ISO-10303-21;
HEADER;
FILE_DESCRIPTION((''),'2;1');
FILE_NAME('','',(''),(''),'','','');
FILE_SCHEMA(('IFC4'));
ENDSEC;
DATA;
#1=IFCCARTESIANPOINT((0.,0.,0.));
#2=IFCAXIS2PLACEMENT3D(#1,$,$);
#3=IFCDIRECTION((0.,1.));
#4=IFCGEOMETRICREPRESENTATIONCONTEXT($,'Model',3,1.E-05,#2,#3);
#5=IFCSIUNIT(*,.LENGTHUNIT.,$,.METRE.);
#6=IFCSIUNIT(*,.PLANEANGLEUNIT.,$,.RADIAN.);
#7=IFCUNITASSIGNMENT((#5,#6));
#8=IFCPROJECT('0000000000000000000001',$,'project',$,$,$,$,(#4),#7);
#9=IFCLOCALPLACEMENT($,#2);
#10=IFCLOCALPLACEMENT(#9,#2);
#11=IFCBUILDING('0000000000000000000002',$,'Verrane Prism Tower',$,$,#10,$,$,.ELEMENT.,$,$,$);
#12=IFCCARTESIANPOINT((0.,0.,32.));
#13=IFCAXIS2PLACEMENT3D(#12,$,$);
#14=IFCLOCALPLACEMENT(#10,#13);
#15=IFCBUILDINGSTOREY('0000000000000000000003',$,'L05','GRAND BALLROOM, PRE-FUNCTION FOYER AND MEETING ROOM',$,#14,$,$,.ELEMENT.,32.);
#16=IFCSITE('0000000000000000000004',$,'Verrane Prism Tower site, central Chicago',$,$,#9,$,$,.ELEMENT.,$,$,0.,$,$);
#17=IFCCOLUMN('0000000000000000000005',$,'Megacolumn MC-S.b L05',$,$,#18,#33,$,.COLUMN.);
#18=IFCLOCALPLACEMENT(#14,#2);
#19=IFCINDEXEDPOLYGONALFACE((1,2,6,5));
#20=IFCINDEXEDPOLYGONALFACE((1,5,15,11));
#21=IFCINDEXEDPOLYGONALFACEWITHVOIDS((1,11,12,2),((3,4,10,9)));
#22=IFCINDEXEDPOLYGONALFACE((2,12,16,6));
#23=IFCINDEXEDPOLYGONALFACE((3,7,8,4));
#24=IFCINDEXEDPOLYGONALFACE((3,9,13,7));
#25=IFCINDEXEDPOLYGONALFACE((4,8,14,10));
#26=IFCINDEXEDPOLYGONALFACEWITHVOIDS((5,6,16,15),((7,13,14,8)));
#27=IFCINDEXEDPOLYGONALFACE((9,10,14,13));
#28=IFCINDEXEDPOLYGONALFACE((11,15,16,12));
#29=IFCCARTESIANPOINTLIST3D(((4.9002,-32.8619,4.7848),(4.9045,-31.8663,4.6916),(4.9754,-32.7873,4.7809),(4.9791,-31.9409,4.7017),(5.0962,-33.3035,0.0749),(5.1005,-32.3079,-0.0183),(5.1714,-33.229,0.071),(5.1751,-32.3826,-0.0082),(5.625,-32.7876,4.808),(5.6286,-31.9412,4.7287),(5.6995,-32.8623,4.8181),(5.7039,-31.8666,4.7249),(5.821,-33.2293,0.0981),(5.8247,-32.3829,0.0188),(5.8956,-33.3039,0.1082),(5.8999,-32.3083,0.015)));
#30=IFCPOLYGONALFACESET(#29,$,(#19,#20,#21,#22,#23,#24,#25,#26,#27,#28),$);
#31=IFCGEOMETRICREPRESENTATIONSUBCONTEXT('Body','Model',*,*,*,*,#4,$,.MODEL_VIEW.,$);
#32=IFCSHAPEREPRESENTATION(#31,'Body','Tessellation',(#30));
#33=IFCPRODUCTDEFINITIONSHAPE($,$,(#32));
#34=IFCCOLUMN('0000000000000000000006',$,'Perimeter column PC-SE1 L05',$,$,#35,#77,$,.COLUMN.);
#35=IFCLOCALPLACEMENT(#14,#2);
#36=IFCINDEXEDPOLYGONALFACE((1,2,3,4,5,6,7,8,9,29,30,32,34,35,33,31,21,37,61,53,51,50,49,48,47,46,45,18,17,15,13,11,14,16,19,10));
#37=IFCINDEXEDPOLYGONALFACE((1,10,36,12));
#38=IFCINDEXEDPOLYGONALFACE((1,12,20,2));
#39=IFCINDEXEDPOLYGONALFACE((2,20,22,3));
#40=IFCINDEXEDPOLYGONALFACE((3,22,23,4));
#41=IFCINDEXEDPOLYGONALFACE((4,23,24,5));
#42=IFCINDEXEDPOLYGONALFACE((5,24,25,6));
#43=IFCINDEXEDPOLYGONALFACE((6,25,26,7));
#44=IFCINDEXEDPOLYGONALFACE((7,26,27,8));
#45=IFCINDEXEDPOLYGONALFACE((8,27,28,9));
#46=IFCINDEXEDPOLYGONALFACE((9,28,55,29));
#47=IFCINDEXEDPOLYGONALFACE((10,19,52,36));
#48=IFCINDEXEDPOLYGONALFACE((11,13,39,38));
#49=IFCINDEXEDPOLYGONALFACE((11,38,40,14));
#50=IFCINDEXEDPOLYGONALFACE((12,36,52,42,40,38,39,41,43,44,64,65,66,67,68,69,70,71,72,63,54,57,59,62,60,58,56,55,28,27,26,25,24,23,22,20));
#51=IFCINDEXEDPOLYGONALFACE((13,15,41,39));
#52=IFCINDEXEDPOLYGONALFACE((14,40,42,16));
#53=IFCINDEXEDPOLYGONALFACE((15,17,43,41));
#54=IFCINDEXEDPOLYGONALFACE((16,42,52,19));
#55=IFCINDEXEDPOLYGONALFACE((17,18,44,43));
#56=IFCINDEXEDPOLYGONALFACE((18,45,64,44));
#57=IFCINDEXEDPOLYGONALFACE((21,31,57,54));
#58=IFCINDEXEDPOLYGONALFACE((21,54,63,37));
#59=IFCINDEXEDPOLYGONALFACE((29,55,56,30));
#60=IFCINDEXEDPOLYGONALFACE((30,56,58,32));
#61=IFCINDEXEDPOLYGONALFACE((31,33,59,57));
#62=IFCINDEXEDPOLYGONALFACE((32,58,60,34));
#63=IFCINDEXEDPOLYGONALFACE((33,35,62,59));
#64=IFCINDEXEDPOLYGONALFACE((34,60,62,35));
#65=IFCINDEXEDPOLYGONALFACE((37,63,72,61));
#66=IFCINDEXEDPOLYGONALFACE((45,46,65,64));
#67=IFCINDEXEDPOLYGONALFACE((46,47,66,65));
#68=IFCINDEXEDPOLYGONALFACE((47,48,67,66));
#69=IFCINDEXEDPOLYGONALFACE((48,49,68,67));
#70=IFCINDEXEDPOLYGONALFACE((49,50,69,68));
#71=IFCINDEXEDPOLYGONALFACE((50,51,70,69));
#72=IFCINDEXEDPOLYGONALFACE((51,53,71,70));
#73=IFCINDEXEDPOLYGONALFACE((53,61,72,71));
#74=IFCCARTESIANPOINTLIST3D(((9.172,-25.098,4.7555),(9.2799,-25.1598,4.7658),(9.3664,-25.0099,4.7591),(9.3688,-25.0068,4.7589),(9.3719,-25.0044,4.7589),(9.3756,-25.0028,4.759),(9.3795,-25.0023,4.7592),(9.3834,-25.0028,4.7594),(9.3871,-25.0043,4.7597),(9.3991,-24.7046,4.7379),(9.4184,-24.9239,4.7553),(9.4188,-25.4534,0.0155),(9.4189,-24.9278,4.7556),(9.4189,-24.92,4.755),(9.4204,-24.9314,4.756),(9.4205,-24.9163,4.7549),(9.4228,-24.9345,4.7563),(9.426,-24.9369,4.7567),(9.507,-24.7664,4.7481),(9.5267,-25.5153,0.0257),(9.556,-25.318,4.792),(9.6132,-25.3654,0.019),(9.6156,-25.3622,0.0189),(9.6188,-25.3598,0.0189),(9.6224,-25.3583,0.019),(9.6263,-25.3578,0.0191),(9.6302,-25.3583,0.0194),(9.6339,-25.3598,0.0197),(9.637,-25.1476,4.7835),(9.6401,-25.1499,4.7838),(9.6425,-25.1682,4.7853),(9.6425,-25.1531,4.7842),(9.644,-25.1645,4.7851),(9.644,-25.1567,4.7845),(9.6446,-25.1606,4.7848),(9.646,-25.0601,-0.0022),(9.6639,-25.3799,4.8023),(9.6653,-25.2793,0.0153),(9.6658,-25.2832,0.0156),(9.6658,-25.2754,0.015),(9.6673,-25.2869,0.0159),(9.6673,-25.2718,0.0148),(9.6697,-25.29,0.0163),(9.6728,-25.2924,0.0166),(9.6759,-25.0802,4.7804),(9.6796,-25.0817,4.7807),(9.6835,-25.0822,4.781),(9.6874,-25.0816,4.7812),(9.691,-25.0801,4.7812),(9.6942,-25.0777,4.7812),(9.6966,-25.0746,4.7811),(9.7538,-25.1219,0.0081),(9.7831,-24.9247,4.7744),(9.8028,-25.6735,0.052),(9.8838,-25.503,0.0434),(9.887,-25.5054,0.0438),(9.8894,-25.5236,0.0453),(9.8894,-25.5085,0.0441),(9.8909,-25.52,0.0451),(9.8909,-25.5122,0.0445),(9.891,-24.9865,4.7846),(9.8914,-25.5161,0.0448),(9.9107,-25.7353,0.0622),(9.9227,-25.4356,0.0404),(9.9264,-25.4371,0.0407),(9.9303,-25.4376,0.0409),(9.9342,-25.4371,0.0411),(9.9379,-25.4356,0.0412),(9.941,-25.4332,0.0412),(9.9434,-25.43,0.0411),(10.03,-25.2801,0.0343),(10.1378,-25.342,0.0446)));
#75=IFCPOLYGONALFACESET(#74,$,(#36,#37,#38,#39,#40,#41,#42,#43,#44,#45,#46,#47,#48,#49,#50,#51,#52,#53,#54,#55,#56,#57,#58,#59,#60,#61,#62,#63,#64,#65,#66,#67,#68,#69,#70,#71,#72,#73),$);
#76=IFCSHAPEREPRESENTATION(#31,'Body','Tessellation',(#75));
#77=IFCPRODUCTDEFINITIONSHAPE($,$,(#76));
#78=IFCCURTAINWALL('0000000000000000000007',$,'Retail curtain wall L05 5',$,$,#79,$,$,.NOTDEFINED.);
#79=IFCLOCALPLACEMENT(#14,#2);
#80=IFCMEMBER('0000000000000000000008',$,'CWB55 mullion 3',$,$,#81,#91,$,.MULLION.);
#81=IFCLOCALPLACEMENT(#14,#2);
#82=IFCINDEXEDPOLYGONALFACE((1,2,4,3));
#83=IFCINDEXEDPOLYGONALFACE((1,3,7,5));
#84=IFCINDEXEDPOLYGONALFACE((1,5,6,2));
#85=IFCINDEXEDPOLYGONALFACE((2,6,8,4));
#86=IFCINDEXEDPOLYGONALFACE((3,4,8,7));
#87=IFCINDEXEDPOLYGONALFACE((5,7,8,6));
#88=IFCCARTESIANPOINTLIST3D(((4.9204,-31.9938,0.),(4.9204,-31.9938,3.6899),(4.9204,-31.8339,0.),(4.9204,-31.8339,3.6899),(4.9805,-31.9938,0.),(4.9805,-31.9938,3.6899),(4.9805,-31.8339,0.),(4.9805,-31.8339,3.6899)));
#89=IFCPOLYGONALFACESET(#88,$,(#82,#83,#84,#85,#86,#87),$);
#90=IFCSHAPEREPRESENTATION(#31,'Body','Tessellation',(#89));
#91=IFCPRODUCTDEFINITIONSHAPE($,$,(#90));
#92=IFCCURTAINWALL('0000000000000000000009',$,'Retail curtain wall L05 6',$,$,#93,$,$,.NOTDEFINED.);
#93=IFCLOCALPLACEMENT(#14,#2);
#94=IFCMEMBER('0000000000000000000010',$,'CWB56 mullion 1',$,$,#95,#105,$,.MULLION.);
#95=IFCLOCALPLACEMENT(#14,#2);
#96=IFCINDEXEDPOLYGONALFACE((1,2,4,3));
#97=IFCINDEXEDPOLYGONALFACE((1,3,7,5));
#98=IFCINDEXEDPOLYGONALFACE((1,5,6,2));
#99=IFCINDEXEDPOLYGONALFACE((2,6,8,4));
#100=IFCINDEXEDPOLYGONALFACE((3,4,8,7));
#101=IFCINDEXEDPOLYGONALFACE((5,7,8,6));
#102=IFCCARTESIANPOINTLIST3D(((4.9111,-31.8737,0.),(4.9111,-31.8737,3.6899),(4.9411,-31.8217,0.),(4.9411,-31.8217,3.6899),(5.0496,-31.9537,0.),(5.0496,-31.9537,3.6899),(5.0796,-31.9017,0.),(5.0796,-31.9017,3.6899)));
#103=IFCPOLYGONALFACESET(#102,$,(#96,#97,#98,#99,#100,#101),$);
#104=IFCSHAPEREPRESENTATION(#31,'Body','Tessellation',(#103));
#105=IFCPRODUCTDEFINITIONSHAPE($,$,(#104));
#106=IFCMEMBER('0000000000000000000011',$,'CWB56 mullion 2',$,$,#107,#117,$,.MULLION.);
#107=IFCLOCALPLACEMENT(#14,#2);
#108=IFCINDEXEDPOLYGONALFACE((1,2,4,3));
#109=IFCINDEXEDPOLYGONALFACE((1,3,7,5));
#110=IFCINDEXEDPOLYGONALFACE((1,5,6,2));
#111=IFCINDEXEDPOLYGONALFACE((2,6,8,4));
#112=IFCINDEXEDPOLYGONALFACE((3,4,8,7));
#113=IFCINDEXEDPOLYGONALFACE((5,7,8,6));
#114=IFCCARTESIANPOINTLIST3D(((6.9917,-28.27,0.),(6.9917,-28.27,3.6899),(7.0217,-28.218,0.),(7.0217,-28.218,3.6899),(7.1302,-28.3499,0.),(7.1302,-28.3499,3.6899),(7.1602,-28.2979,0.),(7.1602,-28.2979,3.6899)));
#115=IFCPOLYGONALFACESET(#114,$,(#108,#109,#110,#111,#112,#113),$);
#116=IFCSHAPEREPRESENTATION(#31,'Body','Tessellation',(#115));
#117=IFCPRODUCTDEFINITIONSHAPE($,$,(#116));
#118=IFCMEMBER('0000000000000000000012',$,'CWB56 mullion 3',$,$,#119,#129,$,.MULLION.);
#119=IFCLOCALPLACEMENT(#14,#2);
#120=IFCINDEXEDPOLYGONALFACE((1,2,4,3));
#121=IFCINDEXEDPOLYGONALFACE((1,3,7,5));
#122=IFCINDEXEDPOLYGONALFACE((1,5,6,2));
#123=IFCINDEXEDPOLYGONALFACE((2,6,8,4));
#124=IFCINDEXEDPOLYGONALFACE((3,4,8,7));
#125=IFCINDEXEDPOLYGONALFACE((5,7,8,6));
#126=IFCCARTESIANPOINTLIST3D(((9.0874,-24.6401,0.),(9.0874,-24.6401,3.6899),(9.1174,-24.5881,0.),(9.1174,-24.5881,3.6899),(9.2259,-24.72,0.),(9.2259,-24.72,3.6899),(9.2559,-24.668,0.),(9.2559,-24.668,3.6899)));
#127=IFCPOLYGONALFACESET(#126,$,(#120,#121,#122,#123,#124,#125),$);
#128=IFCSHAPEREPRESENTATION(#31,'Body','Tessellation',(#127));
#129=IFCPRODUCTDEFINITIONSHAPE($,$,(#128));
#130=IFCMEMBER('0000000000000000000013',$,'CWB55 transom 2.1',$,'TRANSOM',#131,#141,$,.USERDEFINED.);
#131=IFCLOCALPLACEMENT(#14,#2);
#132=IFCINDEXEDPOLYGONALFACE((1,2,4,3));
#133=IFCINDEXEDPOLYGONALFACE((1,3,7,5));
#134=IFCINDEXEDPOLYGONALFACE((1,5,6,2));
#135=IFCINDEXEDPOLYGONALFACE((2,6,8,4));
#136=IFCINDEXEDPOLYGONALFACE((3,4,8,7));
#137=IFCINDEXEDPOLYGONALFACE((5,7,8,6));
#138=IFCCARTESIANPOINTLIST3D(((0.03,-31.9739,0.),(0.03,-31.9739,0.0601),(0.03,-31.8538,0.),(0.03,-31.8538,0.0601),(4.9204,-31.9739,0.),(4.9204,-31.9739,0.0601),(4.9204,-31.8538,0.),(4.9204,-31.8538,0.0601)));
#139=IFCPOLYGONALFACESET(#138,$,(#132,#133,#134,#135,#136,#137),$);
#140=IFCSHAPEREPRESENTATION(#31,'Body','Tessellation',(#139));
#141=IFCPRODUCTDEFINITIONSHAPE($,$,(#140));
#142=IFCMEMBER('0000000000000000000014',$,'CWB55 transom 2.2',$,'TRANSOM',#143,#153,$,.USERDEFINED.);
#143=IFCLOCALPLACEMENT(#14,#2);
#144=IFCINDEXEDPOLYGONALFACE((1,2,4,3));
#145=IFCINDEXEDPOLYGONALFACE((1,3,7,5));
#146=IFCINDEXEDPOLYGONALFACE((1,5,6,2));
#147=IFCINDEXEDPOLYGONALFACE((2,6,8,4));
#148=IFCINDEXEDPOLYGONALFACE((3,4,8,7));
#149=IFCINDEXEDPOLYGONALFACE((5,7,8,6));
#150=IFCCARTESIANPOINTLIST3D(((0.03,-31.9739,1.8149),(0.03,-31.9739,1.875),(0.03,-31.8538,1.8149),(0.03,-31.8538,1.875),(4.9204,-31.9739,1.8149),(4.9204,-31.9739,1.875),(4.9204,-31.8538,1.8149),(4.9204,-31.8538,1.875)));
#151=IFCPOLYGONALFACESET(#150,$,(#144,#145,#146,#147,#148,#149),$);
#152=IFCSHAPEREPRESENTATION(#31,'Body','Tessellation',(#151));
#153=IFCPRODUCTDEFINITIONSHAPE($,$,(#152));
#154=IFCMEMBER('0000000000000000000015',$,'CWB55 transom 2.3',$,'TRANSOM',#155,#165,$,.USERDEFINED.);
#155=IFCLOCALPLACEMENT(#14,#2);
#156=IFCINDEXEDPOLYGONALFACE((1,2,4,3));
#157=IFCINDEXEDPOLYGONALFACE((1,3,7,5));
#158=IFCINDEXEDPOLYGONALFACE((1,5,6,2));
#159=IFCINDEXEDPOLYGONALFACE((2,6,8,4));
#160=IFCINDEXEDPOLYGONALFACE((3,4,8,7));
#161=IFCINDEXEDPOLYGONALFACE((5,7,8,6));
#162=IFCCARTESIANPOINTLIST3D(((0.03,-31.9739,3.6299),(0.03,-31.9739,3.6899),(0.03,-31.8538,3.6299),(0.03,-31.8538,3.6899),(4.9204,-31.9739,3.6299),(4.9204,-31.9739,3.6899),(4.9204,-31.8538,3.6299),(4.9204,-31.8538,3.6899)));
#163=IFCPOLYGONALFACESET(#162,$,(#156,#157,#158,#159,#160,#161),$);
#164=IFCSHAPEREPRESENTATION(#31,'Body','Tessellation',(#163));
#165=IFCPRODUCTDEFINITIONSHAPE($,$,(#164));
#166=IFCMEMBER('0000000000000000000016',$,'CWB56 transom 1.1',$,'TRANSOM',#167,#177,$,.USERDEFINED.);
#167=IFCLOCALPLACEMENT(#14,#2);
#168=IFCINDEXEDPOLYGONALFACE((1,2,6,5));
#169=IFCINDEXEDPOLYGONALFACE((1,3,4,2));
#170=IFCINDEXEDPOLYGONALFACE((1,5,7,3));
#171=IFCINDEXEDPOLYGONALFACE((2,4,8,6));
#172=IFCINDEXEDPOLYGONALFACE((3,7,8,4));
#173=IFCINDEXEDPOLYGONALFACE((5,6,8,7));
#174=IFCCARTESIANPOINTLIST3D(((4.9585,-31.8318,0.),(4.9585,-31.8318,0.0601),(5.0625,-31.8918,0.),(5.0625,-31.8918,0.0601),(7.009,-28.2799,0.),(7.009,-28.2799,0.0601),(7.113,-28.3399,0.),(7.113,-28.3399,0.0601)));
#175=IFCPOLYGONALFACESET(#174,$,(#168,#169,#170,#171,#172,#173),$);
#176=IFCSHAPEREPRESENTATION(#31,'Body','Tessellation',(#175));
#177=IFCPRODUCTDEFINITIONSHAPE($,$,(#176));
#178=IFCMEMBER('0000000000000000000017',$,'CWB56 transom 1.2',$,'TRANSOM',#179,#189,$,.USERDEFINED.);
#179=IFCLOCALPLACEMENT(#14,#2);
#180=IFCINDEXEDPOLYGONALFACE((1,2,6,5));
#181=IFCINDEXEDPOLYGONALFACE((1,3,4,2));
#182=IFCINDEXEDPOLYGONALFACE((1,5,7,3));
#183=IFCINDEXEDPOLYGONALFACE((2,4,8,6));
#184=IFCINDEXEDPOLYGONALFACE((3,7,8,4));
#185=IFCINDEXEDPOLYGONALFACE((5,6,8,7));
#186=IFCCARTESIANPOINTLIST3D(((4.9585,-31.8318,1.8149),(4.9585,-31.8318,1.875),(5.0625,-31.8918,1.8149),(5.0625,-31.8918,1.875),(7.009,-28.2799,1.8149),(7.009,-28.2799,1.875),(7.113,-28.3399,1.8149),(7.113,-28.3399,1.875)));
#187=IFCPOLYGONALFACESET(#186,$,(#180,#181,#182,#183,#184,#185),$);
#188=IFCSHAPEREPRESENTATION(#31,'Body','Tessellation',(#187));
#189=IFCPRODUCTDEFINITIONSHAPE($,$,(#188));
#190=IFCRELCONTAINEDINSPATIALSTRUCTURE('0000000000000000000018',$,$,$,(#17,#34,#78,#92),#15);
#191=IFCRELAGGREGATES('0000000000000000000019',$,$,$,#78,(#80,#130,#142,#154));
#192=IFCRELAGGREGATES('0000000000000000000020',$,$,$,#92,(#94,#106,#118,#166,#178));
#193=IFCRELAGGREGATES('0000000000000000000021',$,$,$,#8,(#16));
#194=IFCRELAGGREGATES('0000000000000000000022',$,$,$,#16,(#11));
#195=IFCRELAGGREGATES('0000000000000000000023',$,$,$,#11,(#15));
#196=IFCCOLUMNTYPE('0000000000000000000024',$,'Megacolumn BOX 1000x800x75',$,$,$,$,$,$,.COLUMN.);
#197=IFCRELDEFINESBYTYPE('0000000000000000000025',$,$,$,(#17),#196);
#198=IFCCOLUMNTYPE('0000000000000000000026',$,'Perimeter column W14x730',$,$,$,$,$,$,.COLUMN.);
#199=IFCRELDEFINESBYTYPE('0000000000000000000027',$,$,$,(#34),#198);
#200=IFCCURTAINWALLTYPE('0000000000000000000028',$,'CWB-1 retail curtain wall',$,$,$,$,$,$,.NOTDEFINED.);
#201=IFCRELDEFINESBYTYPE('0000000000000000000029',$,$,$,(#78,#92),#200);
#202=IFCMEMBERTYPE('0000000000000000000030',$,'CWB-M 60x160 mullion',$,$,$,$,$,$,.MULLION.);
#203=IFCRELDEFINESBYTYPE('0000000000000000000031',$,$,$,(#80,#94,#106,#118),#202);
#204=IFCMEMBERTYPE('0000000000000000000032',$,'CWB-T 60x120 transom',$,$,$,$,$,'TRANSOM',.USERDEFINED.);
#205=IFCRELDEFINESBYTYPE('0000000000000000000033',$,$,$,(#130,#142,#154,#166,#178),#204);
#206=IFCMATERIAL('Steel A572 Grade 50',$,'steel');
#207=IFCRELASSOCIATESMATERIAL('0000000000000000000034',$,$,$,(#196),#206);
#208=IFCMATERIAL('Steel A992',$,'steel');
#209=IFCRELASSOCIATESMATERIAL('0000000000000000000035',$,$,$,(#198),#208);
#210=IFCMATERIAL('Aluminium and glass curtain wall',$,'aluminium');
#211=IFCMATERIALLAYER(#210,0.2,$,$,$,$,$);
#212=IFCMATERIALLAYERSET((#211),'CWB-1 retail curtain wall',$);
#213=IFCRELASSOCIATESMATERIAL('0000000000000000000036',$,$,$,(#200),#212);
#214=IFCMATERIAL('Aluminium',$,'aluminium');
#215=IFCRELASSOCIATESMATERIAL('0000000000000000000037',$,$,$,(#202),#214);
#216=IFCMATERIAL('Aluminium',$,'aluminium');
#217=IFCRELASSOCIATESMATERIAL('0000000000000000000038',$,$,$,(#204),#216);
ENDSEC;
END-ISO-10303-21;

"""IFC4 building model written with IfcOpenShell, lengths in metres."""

from ifc_helpers import new_model, si_unit, direction, frame, origin, origin_2d, place, context, subcontext, project, spatial, rectangle, hollow_rectangle, i_section, extrude, material, layer, layer_set, material_profile, profile_set, type_object, element, aggregate, save


model = new_model("IFC4")

# Units and contexts
model_context = context("Model", 3, precision=1e-05, world=origin(), true_north=direction((0.0, 1.0)))
body_context = subcontext(model_context, "Body", "Model", "MODEL_VIEW")
ifc_project = project(units=[si_unit("LENGTHUNIT", "METRE"), si_unit("PLANEANGLEUNIT", "RADIAN")], contexts=[model_context])

# Site, building, storey
site_placement = place(None, origin())
site = spatial("IfcSite", under=ifc_project, at=site_placement, Name="Verrane Prism Tower site, central Chicago", CompositionType="ELEMENT", RefElevation=0.0)
building_placement = place(site_placement, origin())
building = spatial("IfcBuilding", under=site, at=building_placement, Name="Verrane Prism Tower", CompositionType="ELEMENT")
storey_placement = place(building_placement, frame((0.0, 0.0, 32.0)))
storey = spatial("IfcBuildingStorey", under=building, at=storey_placement, Name="L05", Description="GRAND BALLROOM, PRE-FUNCTION FOYER AND MEETING ROOM", CompositionType="ELEMENT", Elevation=32.0)

# Columns
ifc_material_1 = material(Name="Steel A572 Grade 50", Category="steel")
ifc_material_profile_1 = material_profile(ifc_material_1, hollow_rectangle(XDim=0.8, YDim=1.0, WallThickness=0.075, at=origin_2d()), Name="BOX 1000x800x75")
ifc_profile_set_1 = profile_set([ifc_material_profile_1], Name="Steel A572 Grade 50")
column_type_1 = type_object("IfcColumnType", Name="Megacolumn BOX 1000x800x75", PredefinedType="COLUMN", material=ifc_profile_set_1)
column_1_placement = place(storey_placement, frame((5.498, -32.8059, 0.0449), z_axis=(-0.041406, 0.09328, 0.994779), x_axis=(-0.999133, 0.000461, -0.041631)))
element("IfcColumn", 1, at=column_1_placement, inside=storey, type_object=column_type_1, Name="Megacolumn MC-S.b L05", PredefinedType="COLUMN", context=body_context, shape_type="SweptSolid", body=[
    extrude(hollow_rectangle(XDim=0.8, YDim=1.0, WallThickness=0.075, at=origin_2d()), origin(), (0.0, 0.0, 1.0), 4.7346),
])
ifc_material_2 = material(Name="Steel A992", Category="steel")
ifc_material_profile_2 = material_profile(ifc_material_2, i_section(OverallWidth=0.4546, OverallDepth=0.5688, WebThickness=0.0779, FlangeThickness=0.1248, FilletRadius=0.0151, at=origin_2d()), Name="W14x730")
ifc_profile_set_2 = profile_set([ifc_material_profile_2], Name="Steel A992")
column_type_2 = type_object("IfcColumnType", Name="Perimeter column W14x730", PredefinedType="COLUMN", material=ifc_profile_set_2)
column_2_placement = place(storey_placement, frame((9.7783, -25.3977, 0.03), z_axis=(-0.051857, 0.074683, 0.995858), x_axis=(-0.499666, -0.865345, 0.038876)))
element("IfcColumn", 2, at=column_2_placement, inside=storey, type_object=column_type_2, Name="Perimeter column PC-SE1 L05", PredefinedType="COLUMN", context=body_context, shape_type="SweptSolid", body=[
    extrude(i_section(OverallWidth=0.4546, OverallDepth=0.5688, WebThickness=0.0779, FlangeThickness=0.1248, FilletRadius=0.0151, at=origin_2d()), origin(), (0.0, 0.0, 1.0), 4.7598),
])

# Curtain wall, member
ifc_material_3 = material(Name="Aluminium and glass curtain wall", Category="aluminium")
ifc_layer_1 = layer(ifc_material_3, 0.2)
ifc_layer_set_1 = layer_set([ifc_layer_1], Name="CWB-1 retail curtain wall")
curtain_wall_type = type_object("IfcCurtainWallType", Name="CWB-1 retail curtain wall", PredefinedType="NOTDEFINED", material=ifc_layer_set_1)
curtain_wall_1_placement = place(storey_placement, origin())
curtain_wall_1 = element("IfcCurtainWall", 3, at=curtain_wall_1_placement, inside=storey, type_object=curtain_wall_type, Name="Retail curtain wall L05 5", PredefinedType="NOTDEFINED")
ifc_material_4 = material(Name="Aluminium", Category="aluminium")
ifc_material_profile_3 = material_profile(ifc_material_4, rectangle(XDim=0.1599, YDim=0.0601, at=origin_2d()), Name="CWB-M 60x160 mullion")
ifc_profile_set_3 = profile_set([ifc_material_profile_3], Name="Aluminium")
member_type_1 = type_object("IfcMemberType", Name="CWB-M 60x160 mullion", PredefinedType="MULLION", material=ifc_profile_set_3)
member_1_placement = place(storey_placement, frame((4.9504, -31.9138, 0.0), z_axis=(0.0, 0.0, 1.0), x_axis=(0.0, 1.0, 0.0)))
member_1 = element("IfcMember", 4, at=member_1_placement, type_object=member_type_1, Name="CWB55 mullion 3", PredefinedType="MULLION", context=body_context, shape_type="SweptSolid", body=[
    extrude(rectangle(XDim=0.1599, YDim=0.0601, at=origin_2d()), origin(), (0.0, 0.0, 1.0), 3.6899),
])

# Curtain wall, members
curtain_wall_2_placement = place(storey_placement, origin())
curtain_wall_2 = element("IfcCurtainWall", 5, at=curtain_wall_2_placement, inside=storey, type_object=curtain_wall_type, Name="Retail curtain wall L05 6", PredefinedType="NOTDEFINED")
member_2_placement = place(storey_placement, frame((4.9954, -31.8877, 0.0), z_axis=(0.0, 0.0, 1.0), x_axis=(-0.866025, 0.5, 0.0)))
member_2 = element("IfcMember", 6, at=member_2_placement, type_object=member_type_1, Name="CWB56 mullion 1", PredefinedType="MULLION", context=body_context, shape_type="SweptSolid", body=[
    extrude(rectangle(XDim=0.1599, YDim=0.0601, at=origin_2d()), origin(), (0.0, 0.0, 1.0), 3.6899),
])
member_3_placement = place(storey_placement, frame((7.0759, -28.2839, 0.0), z_axis=(0.0, 0.0, 1.0), x_axis=(-0.866025, 0.5, 0.0)))
member_3 = element("IfcMember", 7, at=member_3_placement, type_object=member_type_1, Name="CWB56 mullion 2", PredefinedType="MULLION", context=body_context, shape_type="SweptSolid", body=[
    extrude(rectangle(XDim=0.1599, YDim=0.0601, at=origin_2d()), origin(), (0.0, 0.0, 1.0), 3.6899),
])
member_4_placement = place(storey_placement, frame((9.1716, -24.6541, 0.0), z_axis=(0.0, 0.0, 1.0), x_axis=(-0.866025, 0.5, 0.0)))
member_4 = element("IfcMember", 8, at=member_4_placement, type_object=member_type_1, Name="CWB56 mullion 3", PredefinedType="MULLION", context=body_context, shape_type="SweptSolid", body=[
    extrude(rectangle(XDim=0.1599, YDim=0.0601, at=origin_2d()), origin(), (0.0, 0.0, 1.0), 3.6899),
])

# Members
ifc_material_5 = material(Name="Aluminium", Category="aluminium")
ifc_material_profile_4 = material_profile(ifc_material_5, rectangle(XDim=0.1201, YDim=0.0601, at=origin_2d()), Name="CWB-T 60x120 transom")
ifc_profile_set_4 = profile_set([ifc_material_profile_4], Name="Aluminium")
member_type_2 = type_object("IfcMemberType", Name="CWB-T 60x120 transom", ElementType="TRANSOM", PredefinedType="USERDEFINED", material=ifc_profile_set_4)
member_5_placement = place(storey_placement, frame((0.03, -31.9138, 0.03), z_axis=(1.0, 0.0, 0.0), x_axis=(0.0, 1.0, 0.0)))
member_5 = element("IfcMember", 9, at=member_5_placement, type_object=member_type_2, Name="CWB55 transom 2.1", ObjectType="TRANSOM", PredefinedType="USERDEFINED", context=body_context, shape_type="SweptSolid", body=[
    extrude(rectangle(XDim=0.1201, YDim=0.0601, at=origin_2d()), origin(), (0.0, 0.0, 1.0), 4.8904),
])
member_6_placement = place(storey_placement, frame((0.03, -31.9138, 1.845), z_axis=(1.0, 0.0, 0.0), x_axis=(0.0, 1.0, 0.0)))
member_6 = element("IfcMember", 10, at=member_6_placement, type_object=member_type_2, Name="CWB55 transom 2.2", ObjectType="TRANSOM", PredefinedType="USERDEFINED", context=body_context, shape_type="SweptSolid", body=[
    extrude(rectangle(XDim=0.1201, YDim=0.0601, at=origin_2d()), origin(), (0.0, 0.0, 1.0), 4.8904),
])
member_7_placement = place(storey_placement, frame((0.03, -31.9138, 3.6599), z_axis=(1.0, 0.0, 0.0), x_axis=(0.0, 1.0, 0.0)))
member_7 = element("IfcMember", 11, at=member_7_placement, type_object=member_type_2, Name="CWB55 transom 2.3", ObjectType="TRANSOM", PredefinedType="USERDEFINED", context=body_context, shape_type="SweptSolid", body=[
    extrude(rectangle(XDim=0.1201, YDim=0.0601, at=origin_2d()), origin(), (0.0, 0.0, 1.0), 4.8904),
])
member_8_placement = place(storey_placement, frame((5.0105, -31.8618, 0.03), z_axis=(0.499961, 0.866048, 0.0), x_axis=(-0.866048, 0.499961, 0.0)))
member_8 = element("IfcMember", 12, at=member_8_placement, type_object=member_type_2, Name="CWB56 transom 1.1", ObjectType="TRANSOM", PredefinedType="USERDEFINED", context=body_context, shape_type="SweptSolid", body=[
    extrude(rectangle(XDim=0.1201, YDim=0.0601, at=origin_2d()), origin(), (0.0, 0.0, 1.0), 4.1013),
])
member_9_placement = place(storey_placement, frame((5.0105, -31.8618, 1.845), z_axis=(0.499961, 0.866048, 0.0), x_axis=(-0.866048, 0.499961, 0.0)))
member_9 = element("IfcMember", 13, at=member_9_placement, type_object=member_type_2, Name="CWB56 transom 1.2", ObjectType="TRANSOM", PredefinedType="USERDEFINED", context=body_context, shape_type="SweptSolid", body=[
    extrude(rectangle(XDim=0.1201, YDim=0.0601, at=origin_2d()), origin(), (0.0, 0.0, 1.0), 4.1013),
])

aggregate(curtain_wall_1, [member_1, member_5, member_6, member_7])
aggregate(curtain_wall_2, [member_2, member_3, member_4, member_8, member_9])

save(model, "model.ifc")
